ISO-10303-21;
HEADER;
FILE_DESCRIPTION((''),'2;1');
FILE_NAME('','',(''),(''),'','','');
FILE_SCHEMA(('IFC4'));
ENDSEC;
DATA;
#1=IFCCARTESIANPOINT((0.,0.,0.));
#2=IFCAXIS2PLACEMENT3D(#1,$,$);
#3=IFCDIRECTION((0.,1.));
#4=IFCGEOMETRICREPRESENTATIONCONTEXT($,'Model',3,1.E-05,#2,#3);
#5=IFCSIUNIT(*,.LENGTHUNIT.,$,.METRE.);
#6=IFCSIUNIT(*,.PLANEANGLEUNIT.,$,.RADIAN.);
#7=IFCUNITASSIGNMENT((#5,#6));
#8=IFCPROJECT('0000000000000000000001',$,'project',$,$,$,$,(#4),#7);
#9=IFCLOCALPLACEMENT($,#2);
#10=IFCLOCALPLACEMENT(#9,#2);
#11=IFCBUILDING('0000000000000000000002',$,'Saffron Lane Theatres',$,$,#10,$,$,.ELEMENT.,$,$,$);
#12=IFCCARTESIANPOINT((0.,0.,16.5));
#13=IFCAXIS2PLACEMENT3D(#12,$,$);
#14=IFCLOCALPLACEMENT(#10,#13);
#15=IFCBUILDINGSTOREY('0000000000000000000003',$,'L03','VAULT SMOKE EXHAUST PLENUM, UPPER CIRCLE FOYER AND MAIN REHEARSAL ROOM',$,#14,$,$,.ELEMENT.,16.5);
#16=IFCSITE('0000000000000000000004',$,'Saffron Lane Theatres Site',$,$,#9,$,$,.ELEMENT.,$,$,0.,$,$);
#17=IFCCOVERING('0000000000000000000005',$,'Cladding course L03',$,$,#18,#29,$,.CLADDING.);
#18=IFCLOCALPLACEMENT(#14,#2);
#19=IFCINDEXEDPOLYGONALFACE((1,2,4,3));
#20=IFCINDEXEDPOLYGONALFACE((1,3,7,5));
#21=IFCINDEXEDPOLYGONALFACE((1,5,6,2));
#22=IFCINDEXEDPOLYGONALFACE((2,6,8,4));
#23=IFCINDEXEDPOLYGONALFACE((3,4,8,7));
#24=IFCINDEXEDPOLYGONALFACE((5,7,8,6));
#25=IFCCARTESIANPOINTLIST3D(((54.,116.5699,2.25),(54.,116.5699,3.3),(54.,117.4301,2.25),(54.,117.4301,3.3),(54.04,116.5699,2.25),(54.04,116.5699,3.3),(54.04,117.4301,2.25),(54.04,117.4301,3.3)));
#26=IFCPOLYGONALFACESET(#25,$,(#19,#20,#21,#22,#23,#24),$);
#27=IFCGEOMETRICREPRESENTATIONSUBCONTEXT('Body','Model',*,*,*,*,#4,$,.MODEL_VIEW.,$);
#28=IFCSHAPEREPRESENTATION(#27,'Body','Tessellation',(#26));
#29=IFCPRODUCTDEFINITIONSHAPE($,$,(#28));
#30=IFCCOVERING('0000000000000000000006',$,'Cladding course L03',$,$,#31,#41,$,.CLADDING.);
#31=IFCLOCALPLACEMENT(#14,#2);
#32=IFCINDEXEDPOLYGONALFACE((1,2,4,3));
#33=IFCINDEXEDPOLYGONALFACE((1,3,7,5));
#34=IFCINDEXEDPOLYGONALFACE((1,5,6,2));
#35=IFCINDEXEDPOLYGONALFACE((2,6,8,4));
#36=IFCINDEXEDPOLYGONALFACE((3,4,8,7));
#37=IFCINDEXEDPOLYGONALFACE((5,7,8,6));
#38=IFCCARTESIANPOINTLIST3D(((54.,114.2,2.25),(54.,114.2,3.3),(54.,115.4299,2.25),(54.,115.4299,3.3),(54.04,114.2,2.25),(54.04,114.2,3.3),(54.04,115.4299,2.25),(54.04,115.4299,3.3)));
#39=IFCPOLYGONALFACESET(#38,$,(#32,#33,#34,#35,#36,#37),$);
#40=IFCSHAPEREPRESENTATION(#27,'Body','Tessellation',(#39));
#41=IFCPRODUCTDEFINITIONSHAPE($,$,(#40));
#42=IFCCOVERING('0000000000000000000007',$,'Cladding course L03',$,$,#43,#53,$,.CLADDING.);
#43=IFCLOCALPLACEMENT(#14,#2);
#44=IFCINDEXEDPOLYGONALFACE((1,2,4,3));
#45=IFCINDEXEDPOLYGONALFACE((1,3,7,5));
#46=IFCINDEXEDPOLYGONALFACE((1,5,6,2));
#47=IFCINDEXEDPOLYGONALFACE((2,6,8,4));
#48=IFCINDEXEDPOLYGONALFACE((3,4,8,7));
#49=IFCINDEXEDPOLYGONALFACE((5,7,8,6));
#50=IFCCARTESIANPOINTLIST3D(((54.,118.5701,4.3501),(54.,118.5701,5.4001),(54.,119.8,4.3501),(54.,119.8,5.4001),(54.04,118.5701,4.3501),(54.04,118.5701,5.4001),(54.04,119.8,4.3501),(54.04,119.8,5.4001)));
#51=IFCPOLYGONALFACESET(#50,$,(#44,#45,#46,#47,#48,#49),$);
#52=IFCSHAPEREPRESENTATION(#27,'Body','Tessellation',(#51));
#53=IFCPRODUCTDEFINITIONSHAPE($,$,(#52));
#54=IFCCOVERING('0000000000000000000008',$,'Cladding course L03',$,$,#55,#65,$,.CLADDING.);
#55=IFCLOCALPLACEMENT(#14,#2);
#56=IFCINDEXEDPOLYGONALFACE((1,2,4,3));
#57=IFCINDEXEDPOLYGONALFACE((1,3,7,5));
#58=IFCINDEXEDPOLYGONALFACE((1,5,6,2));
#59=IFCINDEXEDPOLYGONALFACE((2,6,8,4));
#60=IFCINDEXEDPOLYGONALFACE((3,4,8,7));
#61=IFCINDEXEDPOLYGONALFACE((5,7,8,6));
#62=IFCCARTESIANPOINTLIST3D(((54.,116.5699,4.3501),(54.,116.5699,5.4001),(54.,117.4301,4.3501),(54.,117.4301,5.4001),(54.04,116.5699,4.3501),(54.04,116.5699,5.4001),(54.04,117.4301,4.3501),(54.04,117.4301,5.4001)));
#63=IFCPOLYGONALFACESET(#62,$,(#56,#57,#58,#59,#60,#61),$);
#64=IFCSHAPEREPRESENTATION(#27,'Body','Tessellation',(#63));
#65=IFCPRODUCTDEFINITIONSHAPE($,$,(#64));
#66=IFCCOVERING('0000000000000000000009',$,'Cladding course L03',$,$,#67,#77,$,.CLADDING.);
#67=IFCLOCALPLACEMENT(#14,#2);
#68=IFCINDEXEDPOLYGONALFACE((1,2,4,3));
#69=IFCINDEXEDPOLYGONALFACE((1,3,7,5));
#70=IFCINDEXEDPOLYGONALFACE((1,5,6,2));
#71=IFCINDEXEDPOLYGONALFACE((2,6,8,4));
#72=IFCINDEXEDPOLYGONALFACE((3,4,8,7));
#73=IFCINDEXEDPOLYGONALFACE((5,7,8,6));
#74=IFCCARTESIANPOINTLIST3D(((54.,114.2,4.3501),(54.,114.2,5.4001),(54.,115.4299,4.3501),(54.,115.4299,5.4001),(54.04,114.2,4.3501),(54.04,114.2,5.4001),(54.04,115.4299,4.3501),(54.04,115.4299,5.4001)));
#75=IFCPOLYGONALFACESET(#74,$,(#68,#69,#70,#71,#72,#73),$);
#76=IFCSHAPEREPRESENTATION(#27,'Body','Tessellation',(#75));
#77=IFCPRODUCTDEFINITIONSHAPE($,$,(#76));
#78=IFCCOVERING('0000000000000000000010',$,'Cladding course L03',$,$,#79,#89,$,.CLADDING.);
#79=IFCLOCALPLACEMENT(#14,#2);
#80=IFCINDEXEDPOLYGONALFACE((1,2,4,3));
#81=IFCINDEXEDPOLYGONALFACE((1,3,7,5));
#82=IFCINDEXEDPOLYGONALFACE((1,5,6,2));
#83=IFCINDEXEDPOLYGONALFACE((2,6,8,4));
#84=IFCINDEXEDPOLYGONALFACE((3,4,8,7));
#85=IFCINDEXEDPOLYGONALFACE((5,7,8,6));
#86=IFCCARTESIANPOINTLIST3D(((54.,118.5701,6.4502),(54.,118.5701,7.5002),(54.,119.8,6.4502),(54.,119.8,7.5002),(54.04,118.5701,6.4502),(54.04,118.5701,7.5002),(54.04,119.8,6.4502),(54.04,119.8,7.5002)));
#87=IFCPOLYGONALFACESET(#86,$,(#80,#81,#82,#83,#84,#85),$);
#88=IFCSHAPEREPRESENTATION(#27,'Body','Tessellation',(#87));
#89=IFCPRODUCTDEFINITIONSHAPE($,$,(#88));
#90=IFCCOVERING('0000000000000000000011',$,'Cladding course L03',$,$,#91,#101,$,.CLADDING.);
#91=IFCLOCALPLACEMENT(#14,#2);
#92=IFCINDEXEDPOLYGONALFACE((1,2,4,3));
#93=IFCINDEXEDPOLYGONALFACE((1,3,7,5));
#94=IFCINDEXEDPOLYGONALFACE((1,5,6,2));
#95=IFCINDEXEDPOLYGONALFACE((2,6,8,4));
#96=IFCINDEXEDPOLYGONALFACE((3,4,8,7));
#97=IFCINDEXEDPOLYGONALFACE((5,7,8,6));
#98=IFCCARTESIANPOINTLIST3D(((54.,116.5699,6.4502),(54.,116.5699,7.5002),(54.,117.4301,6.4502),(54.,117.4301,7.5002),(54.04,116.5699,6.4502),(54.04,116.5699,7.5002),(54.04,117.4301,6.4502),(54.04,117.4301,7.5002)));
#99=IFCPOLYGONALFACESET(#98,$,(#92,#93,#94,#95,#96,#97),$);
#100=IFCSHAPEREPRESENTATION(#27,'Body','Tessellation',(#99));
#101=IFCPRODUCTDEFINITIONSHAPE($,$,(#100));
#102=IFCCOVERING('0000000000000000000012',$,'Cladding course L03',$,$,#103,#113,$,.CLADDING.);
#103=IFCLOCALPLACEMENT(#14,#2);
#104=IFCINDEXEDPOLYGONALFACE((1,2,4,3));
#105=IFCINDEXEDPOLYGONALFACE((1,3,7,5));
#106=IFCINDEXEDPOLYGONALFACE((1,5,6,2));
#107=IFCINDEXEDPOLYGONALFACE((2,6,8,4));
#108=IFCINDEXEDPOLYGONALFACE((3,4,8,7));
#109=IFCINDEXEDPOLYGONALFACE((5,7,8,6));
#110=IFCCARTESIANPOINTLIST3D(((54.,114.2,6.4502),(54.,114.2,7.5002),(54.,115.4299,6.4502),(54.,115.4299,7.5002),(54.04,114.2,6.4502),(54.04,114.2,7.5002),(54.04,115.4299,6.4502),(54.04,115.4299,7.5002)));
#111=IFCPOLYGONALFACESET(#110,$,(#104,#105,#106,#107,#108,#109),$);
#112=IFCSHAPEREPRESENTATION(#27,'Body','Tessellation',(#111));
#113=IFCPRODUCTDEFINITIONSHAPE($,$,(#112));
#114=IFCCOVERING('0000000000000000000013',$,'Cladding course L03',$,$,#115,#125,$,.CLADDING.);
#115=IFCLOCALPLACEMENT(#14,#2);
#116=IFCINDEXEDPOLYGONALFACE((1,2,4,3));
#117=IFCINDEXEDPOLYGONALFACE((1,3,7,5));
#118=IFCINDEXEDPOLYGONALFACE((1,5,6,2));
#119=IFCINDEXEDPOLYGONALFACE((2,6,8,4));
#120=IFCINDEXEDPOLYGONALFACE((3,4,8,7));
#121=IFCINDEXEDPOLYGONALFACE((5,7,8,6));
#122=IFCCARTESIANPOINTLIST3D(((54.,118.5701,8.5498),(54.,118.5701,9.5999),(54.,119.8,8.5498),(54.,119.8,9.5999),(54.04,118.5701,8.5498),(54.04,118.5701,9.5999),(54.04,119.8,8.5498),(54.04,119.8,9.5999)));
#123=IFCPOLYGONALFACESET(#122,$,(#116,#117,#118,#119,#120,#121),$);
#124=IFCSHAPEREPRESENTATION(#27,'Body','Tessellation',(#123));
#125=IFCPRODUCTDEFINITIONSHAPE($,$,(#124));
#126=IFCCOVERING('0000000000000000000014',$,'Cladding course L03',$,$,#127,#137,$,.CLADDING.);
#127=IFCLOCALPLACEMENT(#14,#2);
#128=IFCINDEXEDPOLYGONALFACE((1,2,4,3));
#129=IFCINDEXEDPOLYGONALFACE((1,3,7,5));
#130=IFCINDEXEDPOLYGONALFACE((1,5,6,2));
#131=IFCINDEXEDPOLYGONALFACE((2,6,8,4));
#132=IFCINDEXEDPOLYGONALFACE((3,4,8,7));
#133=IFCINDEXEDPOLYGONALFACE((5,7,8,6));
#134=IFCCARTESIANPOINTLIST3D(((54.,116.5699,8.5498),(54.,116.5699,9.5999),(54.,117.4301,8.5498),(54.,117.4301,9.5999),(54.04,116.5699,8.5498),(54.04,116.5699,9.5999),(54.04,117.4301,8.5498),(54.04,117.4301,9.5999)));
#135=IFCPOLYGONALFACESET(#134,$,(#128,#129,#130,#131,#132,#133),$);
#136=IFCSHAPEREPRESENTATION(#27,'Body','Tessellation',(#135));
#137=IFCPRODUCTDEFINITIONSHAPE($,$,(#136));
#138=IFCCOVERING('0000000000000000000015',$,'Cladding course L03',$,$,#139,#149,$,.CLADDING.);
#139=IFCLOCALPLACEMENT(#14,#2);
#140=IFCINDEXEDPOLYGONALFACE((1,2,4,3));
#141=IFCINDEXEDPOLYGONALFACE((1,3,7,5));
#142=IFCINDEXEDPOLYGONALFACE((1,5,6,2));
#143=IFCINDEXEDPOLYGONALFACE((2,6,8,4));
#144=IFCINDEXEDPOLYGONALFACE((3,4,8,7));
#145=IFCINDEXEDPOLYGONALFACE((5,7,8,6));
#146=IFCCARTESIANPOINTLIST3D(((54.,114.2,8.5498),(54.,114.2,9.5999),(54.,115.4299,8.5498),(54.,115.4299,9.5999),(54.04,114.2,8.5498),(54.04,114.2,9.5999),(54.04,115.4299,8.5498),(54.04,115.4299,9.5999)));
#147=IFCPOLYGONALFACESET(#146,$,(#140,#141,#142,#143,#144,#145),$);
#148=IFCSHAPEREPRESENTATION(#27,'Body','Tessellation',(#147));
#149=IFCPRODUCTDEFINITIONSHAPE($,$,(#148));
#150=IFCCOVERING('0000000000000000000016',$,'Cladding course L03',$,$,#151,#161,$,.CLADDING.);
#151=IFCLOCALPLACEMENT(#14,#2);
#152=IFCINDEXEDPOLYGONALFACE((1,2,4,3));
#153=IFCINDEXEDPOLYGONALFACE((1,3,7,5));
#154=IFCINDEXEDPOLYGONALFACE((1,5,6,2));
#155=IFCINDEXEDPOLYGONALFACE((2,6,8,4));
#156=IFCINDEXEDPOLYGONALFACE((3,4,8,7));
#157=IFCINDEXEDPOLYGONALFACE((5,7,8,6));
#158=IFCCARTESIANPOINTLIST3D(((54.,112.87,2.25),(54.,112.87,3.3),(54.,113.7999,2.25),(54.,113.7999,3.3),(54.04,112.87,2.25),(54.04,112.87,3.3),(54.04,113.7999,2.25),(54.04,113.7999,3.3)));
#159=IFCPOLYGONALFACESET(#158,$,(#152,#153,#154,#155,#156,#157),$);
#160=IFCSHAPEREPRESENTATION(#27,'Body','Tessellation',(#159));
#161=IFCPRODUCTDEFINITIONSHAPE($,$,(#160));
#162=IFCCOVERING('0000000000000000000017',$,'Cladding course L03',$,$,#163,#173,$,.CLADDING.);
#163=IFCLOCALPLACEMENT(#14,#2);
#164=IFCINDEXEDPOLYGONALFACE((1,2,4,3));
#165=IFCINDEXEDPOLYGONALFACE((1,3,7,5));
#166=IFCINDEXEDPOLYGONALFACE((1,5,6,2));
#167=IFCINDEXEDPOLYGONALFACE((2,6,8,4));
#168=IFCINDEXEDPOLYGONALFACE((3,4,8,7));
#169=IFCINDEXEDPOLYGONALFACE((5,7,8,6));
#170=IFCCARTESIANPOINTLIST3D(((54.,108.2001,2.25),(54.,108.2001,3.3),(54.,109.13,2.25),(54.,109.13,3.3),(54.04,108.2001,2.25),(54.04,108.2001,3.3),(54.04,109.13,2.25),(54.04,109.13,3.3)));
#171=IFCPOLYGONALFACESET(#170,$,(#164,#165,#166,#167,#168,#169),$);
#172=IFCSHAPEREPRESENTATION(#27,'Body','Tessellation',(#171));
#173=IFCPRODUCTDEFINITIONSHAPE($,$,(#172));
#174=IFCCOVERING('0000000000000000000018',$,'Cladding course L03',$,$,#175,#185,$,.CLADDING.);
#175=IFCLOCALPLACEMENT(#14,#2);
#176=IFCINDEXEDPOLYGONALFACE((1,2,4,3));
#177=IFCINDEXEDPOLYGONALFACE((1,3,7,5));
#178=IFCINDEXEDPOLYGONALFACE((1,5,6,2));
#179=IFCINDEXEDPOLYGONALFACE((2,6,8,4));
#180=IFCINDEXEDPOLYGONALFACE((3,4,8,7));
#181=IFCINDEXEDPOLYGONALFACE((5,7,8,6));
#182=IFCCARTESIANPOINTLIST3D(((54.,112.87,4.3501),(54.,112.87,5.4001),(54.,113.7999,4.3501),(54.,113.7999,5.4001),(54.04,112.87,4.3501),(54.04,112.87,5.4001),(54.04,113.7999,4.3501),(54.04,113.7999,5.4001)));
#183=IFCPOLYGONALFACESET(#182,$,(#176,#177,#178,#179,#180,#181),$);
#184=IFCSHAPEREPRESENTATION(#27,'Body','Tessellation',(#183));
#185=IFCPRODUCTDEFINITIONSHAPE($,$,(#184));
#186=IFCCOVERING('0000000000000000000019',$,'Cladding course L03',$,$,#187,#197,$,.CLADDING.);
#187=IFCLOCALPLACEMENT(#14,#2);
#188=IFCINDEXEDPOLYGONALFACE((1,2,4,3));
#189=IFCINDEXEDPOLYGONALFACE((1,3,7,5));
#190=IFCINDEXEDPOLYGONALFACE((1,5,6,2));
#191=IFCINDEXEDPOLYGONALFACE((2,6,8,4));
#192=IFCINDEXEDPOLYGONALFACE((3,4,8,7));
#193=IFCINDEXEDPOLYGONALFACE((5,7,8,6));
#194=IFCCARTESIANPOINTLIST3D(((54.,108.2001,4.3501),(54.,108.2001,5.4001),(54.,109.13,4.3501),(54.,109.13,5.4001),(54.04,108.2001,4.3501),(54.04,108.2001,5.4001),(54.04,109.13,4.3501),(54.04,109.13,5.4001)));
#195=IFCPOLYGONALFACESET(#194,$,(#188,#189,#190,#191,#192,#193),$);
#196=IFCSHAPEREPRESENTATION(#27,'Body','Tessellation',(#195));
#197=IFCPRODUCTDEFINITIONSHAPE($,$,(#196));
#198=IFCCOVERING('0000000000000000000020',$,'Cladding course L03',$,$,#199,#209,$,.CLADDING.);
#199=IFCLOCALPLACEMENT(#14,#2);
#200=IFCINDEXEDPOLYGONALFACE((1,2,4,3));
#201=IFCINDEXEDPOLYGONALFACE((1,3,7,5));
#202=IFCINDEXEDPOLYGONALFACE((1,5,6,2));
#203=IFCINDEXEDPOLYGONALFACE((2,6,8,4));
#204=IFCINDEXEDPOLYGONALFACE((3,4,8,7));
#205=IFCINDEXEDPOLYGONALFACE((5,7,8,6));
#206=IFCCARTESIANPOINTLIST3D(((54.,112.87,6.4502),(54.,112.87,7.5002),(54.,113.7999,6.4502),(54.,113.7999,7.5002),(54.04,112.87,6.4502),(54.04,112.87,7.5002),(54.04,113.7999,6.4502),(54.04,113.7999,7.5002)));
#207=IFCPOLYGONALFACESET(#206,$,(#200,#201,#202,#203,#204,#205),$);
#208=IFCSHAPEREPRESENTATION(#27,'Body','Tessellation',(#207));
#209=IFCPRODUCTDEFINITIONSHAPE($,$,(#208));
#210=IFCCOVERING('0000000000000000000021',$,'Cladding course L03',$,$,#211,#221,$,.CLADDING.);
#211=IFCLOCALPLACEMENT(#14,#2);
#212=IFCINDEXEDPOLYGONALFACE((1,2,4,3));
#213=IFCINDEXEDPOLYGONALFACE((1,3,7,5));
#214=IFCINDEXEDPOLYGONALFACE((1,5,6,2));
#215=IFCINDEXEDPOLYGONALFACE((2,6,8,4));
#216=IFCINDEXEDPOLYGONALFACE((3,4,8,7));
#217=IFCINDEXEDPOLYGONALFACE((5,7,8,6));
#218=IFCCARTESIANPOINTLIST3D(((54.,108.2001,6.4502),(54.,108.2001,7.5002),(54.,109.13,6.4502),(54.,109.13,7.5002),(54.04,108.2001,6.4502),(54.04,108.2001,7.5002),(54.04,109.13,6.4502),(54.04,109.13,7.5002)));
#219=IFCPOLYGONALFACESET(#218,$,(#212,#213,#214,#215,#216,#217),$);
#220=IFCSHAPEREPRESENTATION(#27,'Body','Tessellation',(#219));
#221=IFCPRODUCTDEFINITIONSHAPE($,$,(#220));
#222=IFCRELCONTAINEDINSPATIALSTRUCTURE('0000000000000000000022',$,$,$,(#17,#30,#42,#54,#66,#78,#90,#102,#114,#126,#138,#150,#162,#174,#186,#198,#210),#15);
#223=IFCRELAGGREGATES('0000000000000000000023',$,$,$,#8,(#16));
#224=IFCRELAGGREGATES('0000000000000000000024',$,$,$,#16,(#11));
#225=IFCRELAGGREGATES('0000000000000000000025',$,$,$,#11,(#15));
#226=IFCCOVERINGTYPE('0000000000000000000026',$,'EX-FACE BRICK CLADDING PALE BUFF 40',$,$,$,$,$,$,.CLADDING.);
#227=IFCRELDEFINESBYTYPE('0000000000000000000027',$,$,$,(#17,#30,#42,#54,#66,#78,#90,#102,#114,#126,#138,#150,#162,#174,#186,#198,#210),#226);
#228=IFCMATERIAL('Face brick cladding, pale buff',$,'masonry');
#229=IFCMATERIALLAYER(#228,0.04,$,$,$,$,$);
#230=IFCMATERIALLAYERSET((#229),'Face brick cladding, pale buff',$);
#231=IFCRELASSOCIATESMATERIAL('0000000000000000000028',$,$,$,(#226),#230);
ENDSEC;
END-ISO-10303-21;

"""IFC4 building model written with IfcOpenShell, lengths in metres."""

from ifc_helpers import new_model, si_unit, direction, frame, origin, origin_2d, place, context, subcontext, project, spatial, rectangle, extrude, material, layer, layer_set, type_object, element, save


model = new_model("IFC4")

# Units and contexts
model_context = context("Model", 3, precision=1e-05, world=origin(), true_north=direction((0.0, 1.0)))
body_context = subcontext(model_context, "Body", "Model", "MODEL_VIEW")
ifc_project = project(units=[si_unit("LENGTHUNIT", "METRE"), si_unit("PLANEANGLEUNIT", "RADIAN")], contexts=[model_context])

# Site, building, storey
site_placement = place(None, origin())
site = spatial("IfcSite", under=ifc_project, at=site_placement, Name="Saffron Lane Theatres Site", CompositionType="ELEMENT", RefElevation=0.0)
building_placement = place(site_placement, origin())
building = spatial("IfcBuilding", under=site, at=building_placement, Name="Saffron Lane Theatres", CompositionType="ELEMENT")
storey_placement = place(building_placement, frame((0.0, 0.0, 16.5)))
storey = spatial("IfcBuildingStorey", under=building, at=storey_placement, Name="L03", Description="VAULT SMOKE EXHAUST PLENUM, UPPER CIRCLE FOYER AND MAIN REHEARSAL ROOM", CompositionType="ELEMENT", Elevation=16.5)

# Coverings
ifc_material_1 = material(Name="Face brick cladding, pale buff", Category="masonry")
ifc_layer_1 = layer(ifc_material_1, 0.04)
ifc_layer_set_1 = layer_set([ifc_layer_1], Name="Face brick cladding, pale buff")
covering_type_1 = type_object("IfcCoveringType", Name="EX-FACE BRICK CLADDING PALE BUFF 40", PredefinedType="CLADDING", material=ifc_layer_set_1)
covering_1_placement = place(storey_placement, frame((54.02, 117.0, 2.25), z_axis=(0.0, 0.0, 1.0), x_axis=(0.0, -1.0, 0.0)))
element("IfcCovering", 1, at=covering_1_placement, inside=storey, type_object=covering_type_1, Name="Cladding course L03", PredefinedType="CLADDING", context=body_context, shape_type="SweptSolid", body=[
    extrude(rectangle(XDim=0.8601, YDim=0.04, at=origin_2d()), origin(), (0.0, 0.0, 1.0), 1.05),
])
for number, where, z_axis, x_axis, name in (
    (2, (54.02, 114.8149, 2.25), (0.0, 0.0, 1.0), (0.0, -1.0, 0.0), "Cladding course L03"),
    (3, (54.02, 119.1851, 4.3501), (0.0, 0.0, 1.0), (0.0, -1.0, 0.0), "Cladding course L03"),
):
    element("IfcCovering", number, at=place(storey_placement, frame(where, z_axis=z_axis, x_axis=x_axis)), inside=storey, type_object=covering_type_1, Name=name, PredefinedType="CLADDING", context=body_context, shape_type="SweptSolid", body=[
        extrude(rectangle(XDim=1.23, YDim=0.04, at=origin_2d()), origin(), (0.0, 0.0, 1.0), 1.05),
    ])
covering_2_placement = place(storey_placement, frame((54.02, 117.0, 4.3501), z_axis=(0.0, 0.0, 1.0), x_axis=(0.0, -1.0, 0.0)))
element("IfcCovering", 4, at=covering_2_placement, inside=storey, type_object=covering_type_1, Name="Cladding course L03", PredefinedType="CLADDING", context=body_context, shape_type="SweptSolid", body=[
    extrude(rectangle(XDim=0.8601, YDim=0.04, at=origin_2d()), origin(), (0.0, 0.0, 1.0), 1.05),
])
for number, where, z_axis, x_axis, name in (
    (5, (54.02, 114.8149, 4.3501), (0.0, 0.0, 1.0), (0.0, -1.0, 0.0), "Cladding course L03"),
    (6, (54.02, 119.1851, 6.4502), (0.0, 0.0, 1.0), (0.0, -1.0, 0.0), "Cladding course L03"),
):
    element("IfcCovering", number, at=place(storey_placement, frame(where, z_axis=z_axis, x_axis=x_axis)), inside=storey, type_object=covering_type_1, Name=name, PredefinedType="CLADDING", context=body_context, shape_type="SweptSolid", body=[
        extrude(rectangle(XDim=1.23, YDim=0.04, at=origin_2d()), origin(), (0.0, 0.0, 1.0), 1.05),
    ])
covering_3_placement = place(storey_placement, frame((54.02, 117.0, 6.4502), z_axis=(0.0, 0.0, 1.0), x_axis=(0.0, -1.0, 0.0)))
element("IfcCovering", 7, at=covering_3_placement, inside=storey, type_object=covering_type_1, Name="Cladding course L03", PredefinedType="CLADDING", context=body_context, shape_type="SweptSolid", body=[
    extrude(rectangle(XDim=0.8601, YDim=0.04, at=origin_2d()), origin(), (0.0, 0.0, 1.0), 1.05),
])
for number, where, z_axis, x_axis, name in (
    (8, (54.02, 114.8149, 6.4502), (0.0, 0.0, 1.0), (0.0, -1.0, 0.0), "Cladding course L03"),
    (9, (54.02, 119.1851, 8.5498), (0.0, 0.0, 1.0), (0.0, -1.0, 0.0), "Cladding course L03"),
):
    element("IfcCovering", number, at=place(storey_placement, frame(where, z_axis=z_axis, x_axis=x_axis)), inside=storey, type_object=covering_type_1, Name=name, PredefinedType="CLADDING", context=body_context, shape_type="SweptSolid", body=[
        extrude(rectangle(XDim=1.23, YDim=0.04, at=origin_2d()), origin(), (0.0, 0.0, 1.0), 1.05),
    ])
covering_4_placement = place(storey_placement, frame((54.02, 117.0, 8.5498), z_axis=(0.0, 0.0, 1.0), x_axis=(0.0, -1.0, 0.0)))
element("IfcCovering", 10, at=covering_4_placement, inside=storey, type_object=covering_type_1, Name="Cladding course L03", PredefinedType="CLADDING", context=body_context, shape_type="SweptSolid", body=[
    extrude(rectangle(XDim=0.8601, YDim=0.04, at=origin_2d()), origin(), (0.0, 0.0, 1.0), 1.05),
])
covering_5_placement = place(storey_placement, frame((54.02, 114.8149, 8.5498), z_axis=(0.0, 0.0, 1.0), x_axis=(0.0, -1.0, 0.0)))
element("IfcCovering", 11, at=covering_5_placement, inside=storey, type_object=covering_type_1, Name="Cladding course L03", PredefinedType="CLADDING", context=body_context, shape_type="SweptSolid", body=[
    extrude(rectangle(XDim=1.23, YDim=0.04, at=origin_2d()), origin(), (0.0, 0.0, 1.0), 1.05),
])
for number, where, z_axis, x_axis, name in (
    (12, (54.02, 113.335, 2.25), (0.0, 0.0, 1.0), (0.0, -1.0, 0.0), "Cladding course L03"),
    (13, (54.02, 108.665, 2.25), (0.0, 0.0, 1.0), (0.0, -1.0, 0.0), "Cladding course L03"),
    (14, (54.02, 113.335, 4.3501), (0.0, 0.0, 1.0), (0.0, -1.0, 0.0), "Cladding course L03"),
    (15, (54.02, 108.665, 4.3501), (0.0, 0.0, 1.0), (0.0, -1.0, 0.0), "Cladding course L03"),
    (16, (54.02, 113.335, 6.4502), (0.0, 0.0, 1.0), (0.0, -1.0, 0.0), "Cladding course L03"),
    (17, (54.02, 108.665, 6.4502), (0.0, 0.0, 1.0), (0.0, -1.0, 0.0), "Cladding course L03"),
):
    element("IfcCovering", number, at=place(storey_placement, frame(where, z_axis=z_axis, x_axis=x_axis)), inside=storey, type_object=covering_type_1, Name=name, PredefinedType="CLADDING", context=body_context, shape_type="SweptSolid", body=[
        extrude(rectangle(XDim=0.9299, YDim=0.04, at=origin_2d()), origin(), (0.0, 0.0, 1.0), 1.05),
    ])

save(model, "model.ifc")
